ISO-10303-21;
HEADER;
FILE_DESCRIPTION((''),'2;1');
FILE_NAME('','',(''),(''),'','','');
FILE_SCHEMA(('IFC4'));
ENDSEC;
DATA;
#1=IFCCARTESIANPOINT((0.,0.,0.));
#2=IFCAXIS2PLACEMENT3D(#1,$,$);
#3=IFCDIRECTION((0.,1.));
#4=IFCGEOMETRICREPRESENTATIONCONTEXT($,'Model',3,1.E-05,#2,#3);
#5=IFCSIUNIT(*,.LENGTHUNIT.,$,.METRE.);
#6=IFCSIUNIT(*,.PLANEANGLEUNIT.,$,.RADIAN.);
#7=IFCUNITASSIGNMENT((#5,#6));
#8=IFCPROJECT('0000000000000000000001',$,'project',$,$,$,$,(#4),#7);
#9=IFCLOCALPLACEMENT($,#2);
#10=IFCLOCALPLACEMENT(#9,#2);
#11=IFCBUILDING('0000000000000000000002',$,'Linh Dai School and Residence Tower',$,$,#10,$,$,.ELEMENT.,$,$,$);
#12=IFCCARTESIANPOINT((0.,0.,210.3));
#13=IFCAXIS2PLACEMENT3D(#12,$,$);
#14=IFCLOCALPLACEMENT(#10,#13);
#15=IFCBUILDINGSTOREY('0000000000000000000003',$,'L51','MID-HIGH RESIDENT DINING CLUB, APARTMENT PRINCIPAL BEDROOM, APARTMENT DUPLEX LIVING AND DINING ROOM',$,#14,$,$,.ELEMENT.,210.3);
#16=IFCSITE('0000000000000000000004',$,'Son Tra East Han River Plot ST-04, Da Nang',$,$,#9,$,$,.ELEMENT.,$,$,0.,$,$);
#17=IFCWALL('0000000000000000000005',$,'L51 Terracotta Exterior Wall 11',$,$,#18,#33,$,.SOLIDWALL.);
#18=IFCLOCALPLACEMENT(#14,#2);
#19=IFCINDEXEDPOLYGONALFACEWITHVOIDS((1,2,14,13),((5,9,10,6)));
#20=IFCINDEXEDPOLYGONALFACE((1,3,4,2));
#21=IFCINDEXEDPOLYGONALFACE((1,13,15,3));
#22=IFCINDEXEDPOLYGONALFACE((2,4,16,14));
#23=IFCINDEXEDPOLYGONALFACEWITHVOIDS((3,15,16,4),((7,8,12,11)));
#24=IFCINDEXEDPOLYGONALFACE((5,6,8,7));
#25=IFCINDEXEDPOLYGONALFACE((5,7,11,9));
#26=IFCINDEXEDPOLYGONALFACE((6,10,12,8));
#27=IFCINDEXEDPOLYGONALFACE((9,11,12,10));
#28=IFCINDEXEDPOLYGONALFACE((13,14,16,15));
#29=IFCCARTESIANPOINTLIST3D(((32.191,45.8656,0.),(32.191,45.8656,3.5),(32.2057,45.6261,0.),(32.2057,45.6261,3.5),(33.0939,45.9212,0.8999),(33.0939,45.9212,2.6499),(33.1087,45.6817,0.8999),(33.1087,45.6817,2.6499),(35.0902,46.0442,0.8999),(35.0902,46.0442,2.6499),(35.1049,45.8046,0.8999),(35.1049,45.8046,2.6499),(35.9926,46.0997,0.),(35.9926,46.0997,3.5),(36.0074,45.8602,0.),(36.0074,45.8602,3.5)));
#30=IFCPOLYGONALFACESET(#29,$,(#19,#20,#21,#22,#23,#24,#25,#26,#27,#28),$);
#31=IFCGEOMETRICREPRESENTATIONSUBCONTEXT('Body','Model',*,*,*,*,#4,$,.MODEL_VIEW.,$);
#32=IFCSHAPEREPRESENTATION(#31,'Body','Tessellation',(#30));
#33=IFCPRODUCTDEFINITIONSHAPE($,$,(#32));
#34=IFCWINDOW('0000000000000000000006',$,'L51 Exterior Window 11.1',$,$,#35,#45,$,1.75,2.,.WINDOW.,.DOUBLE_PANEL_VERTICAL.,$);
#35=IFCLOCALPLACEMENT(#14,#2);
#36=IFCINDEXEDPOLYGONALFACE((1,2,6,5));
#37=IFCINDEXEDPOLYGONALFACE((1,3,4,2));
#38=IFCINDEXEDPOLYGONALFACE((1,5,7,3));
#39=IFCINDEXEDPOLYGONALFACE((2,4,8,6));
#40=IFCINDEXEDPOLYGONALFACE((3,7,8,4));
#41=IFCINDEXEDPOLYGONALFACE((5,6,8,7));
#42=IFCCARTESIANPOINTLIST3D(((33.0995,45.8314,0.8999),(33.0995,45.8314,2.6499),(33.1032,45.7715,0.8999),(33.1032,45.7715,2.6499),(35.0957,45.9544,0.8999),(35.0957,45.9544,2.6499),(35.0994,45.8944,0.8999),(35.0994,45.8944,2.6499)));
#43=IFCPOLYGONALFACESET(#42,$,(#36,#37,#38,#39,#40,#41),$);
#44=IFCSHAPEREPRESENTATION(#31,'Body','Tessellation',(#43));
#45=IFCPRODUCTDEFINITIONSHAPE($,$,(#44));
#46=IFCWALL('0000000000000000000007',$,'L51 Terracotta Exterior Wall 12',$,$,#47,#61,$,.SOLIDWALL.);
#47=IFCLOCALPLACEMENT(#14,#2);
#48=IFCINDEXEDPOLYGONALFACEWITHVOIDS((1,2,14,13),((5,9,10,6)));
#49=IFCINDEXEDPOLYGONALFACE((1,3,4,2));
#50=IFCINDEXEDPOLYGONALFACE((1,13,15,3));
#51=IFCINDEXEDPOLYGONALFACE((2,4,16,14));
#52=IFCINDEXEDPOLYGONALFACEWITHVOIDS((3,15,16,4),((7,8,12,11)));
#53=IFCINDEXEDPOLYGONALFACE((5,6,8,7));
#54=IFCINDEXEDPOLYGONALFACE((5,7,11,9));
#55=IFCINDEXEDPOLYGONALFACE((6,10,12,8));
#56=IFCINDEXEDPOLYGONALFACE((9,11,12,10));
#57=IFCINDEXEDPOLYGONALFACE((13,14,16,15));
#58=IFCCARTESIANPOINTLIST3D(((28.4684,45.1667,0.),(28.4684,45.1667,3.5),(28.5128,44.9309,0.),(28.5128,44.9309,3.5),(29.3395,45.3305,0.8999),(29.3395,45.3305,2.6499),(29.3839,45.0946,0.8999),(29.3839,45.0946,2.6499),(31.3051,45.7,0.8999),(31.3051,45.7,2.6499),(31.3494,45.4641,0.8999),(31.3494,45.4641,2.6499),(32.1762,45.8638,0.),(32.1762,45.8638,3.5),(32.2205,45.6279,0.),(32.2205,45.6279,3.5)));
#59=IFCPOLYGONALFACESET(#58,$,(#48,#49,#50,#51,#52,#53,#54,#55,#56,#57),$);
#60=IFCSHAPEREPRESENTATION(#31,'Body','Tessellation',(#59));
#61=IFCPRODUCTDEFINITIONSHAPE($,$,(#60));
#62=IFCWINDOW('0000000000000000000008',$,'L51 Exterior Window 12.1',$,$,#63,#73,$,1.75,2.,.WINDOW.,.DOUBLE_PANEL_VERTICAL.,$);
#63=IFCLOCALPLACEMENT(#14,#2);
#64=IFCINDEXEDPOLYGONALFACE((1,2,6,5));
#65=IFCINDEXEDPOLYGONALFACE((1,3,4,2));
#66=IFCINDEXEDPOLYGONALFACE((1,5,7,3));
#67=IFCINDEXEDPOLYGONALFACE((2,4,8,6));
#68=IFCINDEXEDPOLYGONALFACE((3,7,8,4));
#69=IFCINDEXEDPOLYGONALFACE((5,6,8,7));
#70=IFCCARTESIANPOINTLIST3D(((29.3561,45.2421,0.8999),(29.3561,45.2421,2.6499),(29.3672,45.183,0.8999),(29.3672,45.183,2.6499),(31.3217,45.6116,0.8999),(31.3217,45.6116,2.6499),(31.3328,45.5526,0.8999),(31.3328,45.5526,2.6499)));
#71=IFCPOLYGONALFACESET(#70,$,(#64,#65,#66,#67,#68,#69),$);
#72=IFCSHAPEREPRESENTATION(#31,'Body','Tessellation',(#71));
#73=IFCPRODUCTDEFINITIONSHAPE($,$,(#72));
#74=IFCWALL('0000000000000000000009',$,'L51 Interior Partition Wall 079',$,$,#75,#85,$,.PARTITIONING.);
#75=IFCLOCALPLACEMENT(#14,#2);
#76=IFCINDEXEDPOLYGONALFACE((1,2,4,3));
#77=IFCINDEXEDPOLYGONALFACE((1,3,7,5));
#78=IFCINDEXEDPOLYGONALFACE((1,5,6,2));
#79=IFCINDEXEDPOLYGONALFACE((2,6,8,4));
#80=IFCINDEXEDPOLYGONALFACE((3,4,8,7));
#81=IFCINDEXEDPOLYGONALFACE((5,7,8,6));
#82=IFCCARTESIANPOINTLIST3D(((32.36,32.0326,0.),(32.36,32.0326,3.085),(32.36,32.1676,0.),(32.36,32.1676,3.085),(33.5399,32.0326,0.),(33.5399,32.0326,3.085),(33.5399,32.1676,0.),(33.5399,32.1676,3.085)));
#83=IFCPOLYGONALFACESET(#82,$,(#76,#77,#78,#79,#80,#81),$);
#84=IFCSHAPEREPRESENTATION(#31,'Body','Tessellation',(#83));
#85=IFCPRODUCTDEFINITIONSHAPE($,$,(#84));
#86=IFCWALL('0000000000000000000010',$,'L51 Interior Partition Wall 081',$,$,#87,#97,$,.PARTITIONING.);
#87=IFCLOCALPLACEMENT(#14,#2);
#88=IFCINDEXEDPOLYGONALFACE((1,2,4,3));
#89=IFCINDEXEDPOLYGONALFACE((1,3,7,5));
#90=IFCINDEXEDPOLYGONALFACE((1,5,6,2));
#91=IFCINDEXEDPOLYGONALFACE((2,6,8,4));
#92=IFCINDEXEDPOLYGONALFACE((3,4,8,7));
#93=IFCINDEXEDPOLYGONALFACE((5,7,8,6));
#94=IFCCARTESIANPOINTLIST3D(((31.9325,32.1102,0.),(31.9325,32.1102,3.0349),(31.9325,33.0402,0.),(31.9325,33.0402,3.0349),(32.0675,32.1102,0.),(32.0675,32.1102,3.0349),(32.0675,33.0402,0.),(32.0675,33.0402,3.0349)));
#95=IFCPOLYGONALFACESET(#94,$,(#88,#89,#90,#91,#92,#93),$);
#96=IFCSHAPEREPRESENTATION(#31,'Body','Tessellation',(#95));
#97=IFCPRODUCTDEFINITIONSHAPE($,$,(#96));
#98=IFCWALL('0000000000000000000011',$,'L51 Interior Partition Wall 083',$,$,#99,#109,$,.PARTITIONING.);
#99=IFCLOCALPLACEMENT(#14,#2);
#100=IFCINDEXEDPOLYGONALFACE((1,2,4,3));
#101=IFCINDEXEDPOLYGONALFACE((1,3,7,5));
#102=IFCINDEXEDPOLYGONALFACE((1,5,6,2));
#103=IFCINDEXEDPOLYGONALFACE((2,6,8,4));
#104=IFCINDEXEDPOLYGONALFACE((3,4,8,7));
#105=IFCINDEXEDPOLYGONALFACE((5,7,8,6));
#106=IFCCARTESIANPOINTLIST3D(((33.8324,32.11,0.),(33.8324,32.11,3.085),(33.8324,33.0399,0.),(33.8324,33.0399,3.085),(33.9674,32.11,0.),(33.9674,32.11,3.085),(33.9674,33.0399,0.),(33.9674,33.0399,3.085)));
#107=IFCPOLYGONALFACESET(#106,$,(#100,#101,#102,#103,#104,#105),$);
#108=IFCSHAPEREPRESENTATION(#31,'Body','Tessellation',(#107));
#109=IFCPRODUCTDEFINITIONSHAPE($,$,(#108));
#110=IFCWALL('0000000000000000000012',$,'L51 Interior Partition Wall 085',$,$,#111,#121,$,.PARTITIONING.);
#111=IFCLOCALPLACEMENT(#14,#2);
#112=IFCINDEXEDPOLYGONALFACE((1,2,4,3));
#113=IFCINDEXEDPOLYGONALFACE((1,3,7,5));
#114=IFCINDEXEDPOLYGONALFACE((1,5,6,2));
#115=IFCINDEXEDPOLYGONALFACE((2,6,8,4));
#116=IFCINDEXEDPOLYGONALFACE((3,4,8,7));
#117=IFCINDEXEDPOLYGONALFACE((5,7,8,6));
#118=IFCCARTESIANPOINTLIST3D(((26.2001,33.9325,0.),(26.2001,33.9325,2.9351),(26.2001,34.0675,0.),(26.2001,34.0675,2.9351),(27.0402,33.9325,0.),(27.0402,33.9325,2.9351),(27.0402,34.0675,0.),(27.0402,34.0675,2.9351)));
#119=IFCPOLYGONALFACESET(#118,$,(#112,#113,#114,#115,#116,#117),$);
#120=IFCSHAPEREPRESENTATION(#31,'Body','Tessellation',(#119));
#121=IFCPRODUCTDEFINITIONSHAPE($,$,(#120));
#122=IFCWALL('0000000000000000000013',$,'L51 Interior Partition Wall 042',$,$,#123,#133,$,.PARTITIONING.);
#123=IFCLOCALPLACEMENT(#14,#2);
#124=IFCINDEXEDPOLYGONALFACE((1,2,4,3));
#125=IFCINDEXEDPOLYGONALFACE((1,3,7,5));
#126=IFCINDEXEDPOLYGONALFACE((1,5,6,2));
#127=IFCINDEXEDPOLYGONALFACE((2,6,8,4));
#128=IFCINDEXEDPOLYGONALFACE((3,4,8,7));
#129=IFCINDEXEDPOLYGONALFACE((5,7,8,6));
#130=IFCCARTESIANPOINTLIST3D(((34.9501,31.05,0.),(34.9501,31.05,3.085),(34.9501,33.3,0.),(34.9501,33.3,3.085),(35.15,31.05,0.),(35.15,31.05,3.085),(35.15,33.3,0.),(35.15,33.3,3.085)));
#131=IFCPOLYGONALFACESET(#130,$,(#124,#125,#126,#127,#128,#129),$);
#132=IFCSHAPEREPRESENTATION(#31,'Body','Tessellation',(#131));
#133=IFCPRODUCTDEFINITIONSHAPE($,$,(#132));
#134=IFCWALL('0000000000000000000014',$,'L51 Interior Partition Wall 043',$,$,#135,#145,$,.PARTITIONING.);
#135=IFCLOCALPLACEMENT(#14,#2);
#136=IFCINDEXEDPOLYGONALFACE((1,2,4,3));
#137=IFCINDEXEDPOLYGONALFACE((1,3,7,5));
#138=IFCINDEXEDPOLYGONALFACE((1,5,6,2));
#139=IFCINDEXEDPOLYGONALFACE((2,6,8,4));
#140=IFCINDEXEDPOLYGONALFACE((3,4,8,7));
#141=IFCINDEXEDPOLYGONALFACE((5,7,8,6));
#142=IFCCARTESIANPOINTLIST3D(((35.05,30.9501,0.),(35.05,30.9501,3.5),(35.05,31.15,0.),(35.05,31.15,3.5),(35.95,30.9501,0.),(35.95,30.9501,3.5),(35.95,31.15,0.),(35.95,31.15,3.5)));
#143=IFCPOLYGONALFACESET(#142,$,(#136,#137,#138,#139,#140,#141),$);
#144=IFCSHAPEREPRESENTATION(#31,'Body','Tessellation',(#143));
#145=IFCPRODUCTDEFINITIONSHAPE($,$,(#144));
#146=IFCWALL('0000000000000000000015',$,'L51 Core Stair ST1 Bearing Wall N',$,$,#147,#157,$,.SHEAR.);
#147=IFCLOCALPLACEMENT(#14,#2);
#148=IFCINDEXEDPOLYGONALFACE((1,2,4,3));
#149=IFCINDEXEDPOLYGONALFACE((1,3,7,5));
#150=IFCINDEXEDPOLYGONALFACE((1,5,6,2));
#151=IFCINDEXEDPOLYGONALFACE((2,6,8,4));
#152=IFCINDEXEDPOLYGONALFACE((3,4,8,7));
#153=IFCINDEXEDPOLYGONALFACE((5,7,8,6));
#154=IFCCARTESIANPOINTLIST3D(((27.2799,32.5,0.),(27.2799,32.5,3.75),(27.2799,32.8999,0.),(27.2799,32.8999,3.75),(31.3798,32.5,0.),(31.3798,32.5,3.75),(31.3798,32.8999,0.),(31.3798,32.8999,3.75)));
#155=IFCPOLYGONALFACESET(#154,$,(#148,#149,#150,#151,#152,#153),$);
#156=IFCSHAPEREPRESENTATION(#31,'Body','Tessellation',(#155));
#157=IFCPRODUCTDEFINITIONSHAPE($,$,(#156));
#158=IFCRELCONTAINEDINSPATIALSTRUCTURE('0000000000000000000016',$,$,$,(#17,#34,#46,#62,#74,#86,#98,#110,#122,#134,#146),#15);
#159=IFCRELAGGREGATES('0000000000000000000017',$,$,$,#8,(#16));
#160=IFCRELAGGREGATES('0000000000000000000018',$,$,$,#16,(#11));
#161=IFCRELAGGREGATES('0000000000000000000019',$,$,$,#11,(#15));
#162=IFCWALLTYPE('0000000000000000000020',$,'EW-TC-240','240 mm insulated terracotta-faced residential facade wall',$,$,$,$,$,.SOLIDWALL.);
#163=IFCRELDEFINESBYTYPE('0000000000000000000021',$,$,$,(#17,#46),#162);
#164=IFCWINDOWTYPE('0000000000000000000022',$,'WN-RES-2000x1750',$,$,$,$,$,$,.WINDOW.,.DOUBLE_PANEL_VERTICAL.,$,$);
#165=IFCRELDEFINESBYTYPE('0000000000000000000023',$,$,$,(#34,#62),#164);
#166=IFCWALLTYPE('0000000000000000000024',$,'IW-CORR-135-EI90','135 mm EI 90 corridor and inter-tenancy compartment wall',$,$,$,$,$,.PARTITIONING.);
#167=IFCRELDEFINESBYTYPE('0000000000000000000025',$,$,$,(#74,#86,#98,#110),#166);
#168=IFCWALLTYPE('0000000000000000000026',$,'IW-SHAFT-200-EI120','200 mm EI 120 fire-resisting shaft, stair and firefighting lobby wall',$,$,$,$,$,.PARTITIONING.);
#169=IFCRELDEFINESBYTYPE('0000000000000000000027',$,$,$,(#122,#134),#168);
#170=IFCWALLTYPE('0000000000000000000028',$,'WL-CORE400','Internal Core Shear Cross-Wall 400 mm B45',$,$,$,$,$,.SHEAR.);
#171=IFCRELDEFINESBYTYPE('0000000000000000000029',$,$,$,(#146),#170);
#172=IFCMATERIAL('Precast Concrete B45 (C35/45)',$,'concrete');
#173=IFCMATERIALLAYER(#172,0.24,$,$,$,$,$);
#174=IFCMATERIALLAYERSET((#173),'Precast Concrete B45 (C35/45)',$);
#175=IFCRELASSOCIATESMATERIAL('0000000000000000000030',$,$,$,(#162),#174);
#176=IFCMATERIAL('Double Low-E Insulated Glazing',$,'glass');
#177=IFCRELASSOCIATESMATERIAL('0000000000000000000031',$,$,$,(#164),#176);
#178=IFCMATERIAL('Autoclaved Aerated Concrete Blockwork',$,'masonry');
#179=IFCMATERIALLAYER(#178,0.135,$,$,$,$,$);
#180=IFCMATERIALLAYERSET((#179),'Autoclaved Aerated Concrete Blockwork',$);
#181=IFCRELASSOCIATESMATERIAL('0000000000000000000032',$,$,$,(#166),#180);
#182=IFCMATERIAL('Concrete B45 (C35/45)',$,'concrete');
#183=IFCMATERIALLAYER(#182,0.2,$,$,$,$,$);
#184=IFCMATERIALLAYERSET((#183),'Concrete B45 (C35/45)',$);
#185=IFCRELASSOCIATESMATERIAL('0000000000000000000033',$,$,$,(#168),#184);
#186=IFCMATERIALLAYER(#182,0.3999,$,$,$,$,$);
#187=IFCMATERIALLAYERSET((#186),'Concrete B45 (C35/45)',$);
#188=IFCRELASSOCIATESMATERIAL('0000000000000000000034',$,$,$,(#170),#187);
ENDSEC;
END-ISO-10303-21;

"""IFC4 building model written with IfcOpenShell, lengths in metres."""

from ifc_helpers import new_model, si_unit, direction, frame, frame_2d, origin, origin_2d, place, context, subcontext, project, spatial, rectangle, extrude, source, transform, mapped, material, layer, layer_set, type_object, element, fill, save


model = new_model("IFC4")

# Units and contexts
model_context = context("Model", 3, precision=1e-05, world=origin(), true_north=direction((0.0, 1.0)))
body_context = subcontext(model_context, "Body", "Model", "MODEL_VIEW")
ifc_project = project(units=[si_unit("LENGTHUNIT", "METRE"), si_unit("PLANEANGLEUNIT", "RADIAN")], contexts=[model_context])

# Site, building, storey
site_placement = place(None, origin())
site = spatial("IfcSite", under=ifc_project, at=site_placement, Name="Son Tra East Han River Plot ST-04, Da Nang", CompositionType="ELEMENT", RefElevation=0.0)
building_placement = place(site_placement, origin())
building = spatial("IfcBuilding", under=site, at=building_placement, Name="Linh Dai School and Residence Tower", CompositionType="ELEMENT")
storey_placement = place(building_placement, frame((0.0, 0.0, 210.3)))
storey = spatial("IfcBuildingStorey", under=building, at=storey_placement, Name="L51", Description="MID-HIGH RESIDENT DINING CLUB, APARTMENT PRINCIPAL BEDROOM, APARTMENT DUPLEX LIVING AND DINING ROOM", CompositionType="ELEMENT", Elevation=210.3)

# Walls, openings, windows
ifc_material_1 = material(Name="Precast Concrete B45 (C35/45)", Category="concrete")
ifc_layer_1 = layer(ifc_material_1, 0.24)
ifc_layer_set_1 = layer_set([ifc_layer_1], Name="Precast Concrete B45 (C35/45)")
wall_type_1 = type_object("IfcWallType", Name="EW-TC-240", Description="240 mm insulated terracotta-faced residential facade wall", PredefinedType="SOLIDWALL", material=ifc_layer_set_1)
wall_1_placement = place(storey_placement, frame((32.1985, 45.7458, 0.0), z_axis=(0.0, 0.0, 1.0), x_axis=(0.998109, 0.061472, 0.0)))
wall_1 = element("IfcWall", 1, at=wall_1_placement, inside=storey, type_object=wall_type_1, Name="L51 Terracotta Exterior Wall 11", PredefinedType="SOLIDWALL", context=body_context, shape_type="SweptSolid", body=[
    extrude(rectangle(XDim=3.8088, YDim=0.24, at=frame_2d((1.9043, 0.0))), origin(), (0.0, 0.0, 1.0), 3.5),
])
opening_1_placement = place(wall_1_placement, frame((0.9045, 0.0, 0.8999)))
opening_1 = element("IfcOpeningElement", 2, at=opening_1_placement, cuts=wall_1, PredefinedType="OPENING", context=body_context, shape_type="SweptSolid", body=[
    extrude(rectangle(XDim=2.0, YDim=1.75, at=origin_2d()), frame((1.0, 0.1299, 0.875), z_axis=(0.0, -1.0, 0.0), x_axis=(1.0, 0.0, 0.0)), (0.0, 0.0, 1.0), 0.26),
])
ifc_material_2 = material(Name="Double Low-E Insulated Glazing", Category="glass")
window_type = type_object("IfcWindowType", Name="WN-RES-2000x1750", PartitioningType="DOUBLE_PANEL_VERTICAL", PredefinedType="WINDOW", material=ifc_material_2)
shared_shape_1 = source(origin(), body_context, "Body", "SweptSolid", [
    extrude(rectangle(XDim=2.0, YDim=1.75, at=origin_2d()), frame((1.0, 0.03, 0.875), z_axis=(0.0, -1.0, 0.0), x_axis=(1.0, 0.0, 0.0)), (0.0, 0.0, 1.0), 0.0601),
])
window_1_placement = place(opening_1_placement, origin())
window_1 = element("IfcWindow", 3, at=window_1_placement, inside=storey, type_object=window_type, Name="L51 Exterior Window 11.1", OverallHeight=1.75, OverallWidth=2.0, PartitioningType="DOUBLE_PANEL_VERTICAL", PredefinedType="WINDOW", context=body_context, shape_type="MappedRepresentation", body=[
    mapped(shared_shape_1, transform((0.0, 0.0, 0.0), x_axis=(1.0, 0.0, 0.0), y_axis=(0.0, 1.0, 0.0), z_axis=(0.0, 0.0, 1.0), scale=1.0)),
])
fill(opening_1, window_1)
wall_2_placement = place(storey_placement, frame((28.4907, 45.0488, 0.0), z_axis=(0.0, 0.0, 1.0), x_axis=(0.982785, 0.184753, 0.0)))
wall_2 = element("IfcWall", 4, at=wall_2_placement, inside=storey, type_object=wall_type_1, Name="L51 Terracotta Exterior Wall 12", PredefinedType="SOLIDWALL", context=body_context, shape_type="SweptSolid", body=[
    extrude(rectangle(XDim=3.7727, YDim=0.24, at=frame_2d((1.8862, 0.0))), origin(), (0.0, 0.0, 1.0), 3.5),
])
opening_2_placement = place(wall_2_placement, frame((0.8862, 0.0, 0.8999)))
opening_2 = element("IfcOpeningElement", 5, at=opening_2_placement, cuts=wall_2, PredefinedType="OPENING", context=body_context, shape_type="SweptSolid", body=[
    extrude(rectangle(XDim=2.0, YDim=1.75, at=origin_2d()), frame((1.0, 0.1299, 0.875), z_axis=(0.0, -1.0, 0.0), x_axis=(1.0, 0.0, 0.0)), (0.0, 0.0, 1.0), 0.26),
])
window_2_placement = place(opening_2_placement, origin())
window_2 = element("IfcWindow", 6, at=window_2_placement, inside=storey, type_object=window_type, Name="L51 Exterior Window 12.1", OverallHeight=1.75, OverallWidth=2.0, PartitioningType="DOUBLE_PANEL_VERTICAL", PredefinedType="WINDOW", context=body_context, shape_type="MappedRepresentation", body=[
    mapped(shared_shape_1, transform((0.0, 0.0, 0.0), x_axis=(1.0, 0.0, 0.0), y_axis=(0.0, 1.0, 0.0), z_axis=(0.0, 0.0, 1.0), scale=1.0)),
])
fill(opening_2, window_2)

# Walls
ifc_material_3 = material(Name="Autoclaved Aerated Concrete Blockwork", Category="masonry")
ifc_layer_2 = layer(ifc_material_3, 0.135)
ifc_layer_set_2 = layer_set([ifc_layer_2], Name="Autoclaved Aerated Concrete Blockwork")
wall_type_2 = type_object("IfcWallType", Name="IW-CORR-135-EI90", Description="135 mm EI 90 corridor and inter-tenancy compartment wall", PredefinedType="PARTITIONING", material=ifc_layer_set_2)
wall_3_placement = place(storey_placement, frame((32.3601, 32.1001, 0.0), z_axis=(0.0, 0.0, 1.0), x_axis=(1.0, 0.0, 0.0)))
element("IfcWall", 7, at=wall_3_placement, inside=storey, type_object=wall_type_2, Name="L51 Interior Partition Wall 079", PredefinedType="PARTITIONING", context=body_context, shape_type="SweptSolid", body=[
    extrude(rectangle(XDim=1.1799, YDim=0.135, at=frame_2d((0.5898, 0.0))), origin(), (0.0, 0.0, 1.0), 3.085),
])
wall_4_placement = place(storey_placement, frame((32.0, 33.04, 0.0), z_axis=(0.0, 0.0, 1.0), x_axis=(0.0, -1.0, 0.0)))
element("IfcWall", 8, at=wall_4_placement, inside=storey, type_object=wall_type_2, Name="L51 Interior Partition Wall 081", PredefinedType="PARTITIONING", context=body_context, shape_type="SweptSolid", body=[
    extrude(rectangle(XDim=0.9299, YDim=0.135, at=frame_2d((0.4648, 0.0))), origin(), (0.0, 0.0, 1.0), 3.0349),
])
wall_5_placement = place(storey_placement, frame((33.8999, 32.1101, 0.0), z_axis=(0.0, 0.0, 1.0), x_axis=(0.0, 1.0, 0.0)))
element("IfcWall", 9, at=wall_5_placement, inside=storey, type_object=wall_type_2, Name="L51 Interior Partition Wall 083", PredefinedType="PARTITIONING", context=body_context, shape_type="SweptSolid", body=[
    extrude(rectangle(XDim=0.9299, YDim=0.135, at=frame_2d((0.4648, 0.0))), origin(), (0.0, 0.0, 1.0), 3.085),
])
wall_6_placement = place(storey_placement, frame((27.04, 34.0, 0.0), z_axis=(0.0, 0.0, 1.0), x_axis=(-1.0, 0.0, 0.0)))
element("IfcWall", 10, at=wall_6_placement, inside=storey, type_object=wall_type_2, Name="L51 Interior Partition Wall 085", PredefinedType="PARTITIONING", context=body_context, shape_type="SweptSolid", body=[
    extrude(rectangle(XDim=0.8401, YDim=0.135, at=frame_2d((0.4199, 0.0))), origin(), (0.0, 0.0, 1.0), 2.9351),
])
ifc_material_4 = material(Name="Concrete B45 (C35/45)", Category="concrete")
ifc_layer_3 = layer(ifc_material_4, 0.2)
ifc_layer_set_3 = layer_set([ifc_layer_3], Name="Concrete B45 (C35/45)")
wall_type_3 = type_object("IfcWallType", Name="IW-SHAFT-200-EI120", Description="200 mm EI 120 fire-resisting shaft, stair and firefighting lobby wall", PredefinedType="PARTITIONING", material=ifc_layer_set_3)
wall_7_placement = place(storey_placement, frame((35.05, 31.05, 0.0), z_axis=(0.0, 0.0, 1.0), x_axis=(0.0, 1.0, 0.0)))
element("IfcWall", 11, at=wall_7_placement, inside=storey, type_object=wall_type_3, Name="L51 Interior Partition Wall 042", PredefinedType="PARTITIONING", context=body_context, shape_type="SweptSolid", body=[
    extrude(rectangle(XDim=2.25, YDim=0.2, at=frame_2d((1.125, 0.0))), origin(), (0.0, 0.0, 1.0), 3.085),
])
wall_8_placement = place(storey_placement, frame((35.05, 31.05, 0.0), z_axis=(0.0, 0.0, 1.0), x_axis=(1.0, 0.0, 0.0)))
element("IfcWall", 12, at=wall_8_placement, inside=storey, type_object=wall_type_3, Name="L51 Interior Partition Wall 043", PredefinedType="PARTITIONING", context=body_context, shape_type="SweptSolid", body=[
    extrude(rectangle(XDim=0.8999, YDim=0.2, at=frame_2d((0.45, 0.0))), origin(), (0.0, 0.0, 1.0), 3.5),
])
ifc_layer_4 = layer(ifc_material_4, 0.3999)
ifc_layer_set_4 = layer_set([ifc_layer_4], Name="Concrete B45 (C35/45)")
wall_type_4 = type_object("IfcWallType", Name="WL-CORE400", Description="Internal Core Shear Cross-Wall 400 mm B45", PredefinedType="SHEAR", material=ifc_layer_set_4)
wall_9_placement = place(storey_placement, frame((27.28, 32.7, 0.0), z_axis=(0.0, 0.0, 1.0), x_axis=(1.0, 0.0, 0.0)))
element("IfcWall", 13, at=wall_9_placement, inside=storey, type_object=wall_type_4, Name="L51 Core Stair ST1 Bearing Wall N", PredefinedType="SHEAR", context=body_context, shape_type="SweptSolid", body=[
    extrude(rectangle(XDim=4.0999, YDim=0.3999, at=frame_2d((2.0498, 0.0))), origin(), (0.0, 0.0, 1.0), 3.75),
])

save(model, "model.ifc")
